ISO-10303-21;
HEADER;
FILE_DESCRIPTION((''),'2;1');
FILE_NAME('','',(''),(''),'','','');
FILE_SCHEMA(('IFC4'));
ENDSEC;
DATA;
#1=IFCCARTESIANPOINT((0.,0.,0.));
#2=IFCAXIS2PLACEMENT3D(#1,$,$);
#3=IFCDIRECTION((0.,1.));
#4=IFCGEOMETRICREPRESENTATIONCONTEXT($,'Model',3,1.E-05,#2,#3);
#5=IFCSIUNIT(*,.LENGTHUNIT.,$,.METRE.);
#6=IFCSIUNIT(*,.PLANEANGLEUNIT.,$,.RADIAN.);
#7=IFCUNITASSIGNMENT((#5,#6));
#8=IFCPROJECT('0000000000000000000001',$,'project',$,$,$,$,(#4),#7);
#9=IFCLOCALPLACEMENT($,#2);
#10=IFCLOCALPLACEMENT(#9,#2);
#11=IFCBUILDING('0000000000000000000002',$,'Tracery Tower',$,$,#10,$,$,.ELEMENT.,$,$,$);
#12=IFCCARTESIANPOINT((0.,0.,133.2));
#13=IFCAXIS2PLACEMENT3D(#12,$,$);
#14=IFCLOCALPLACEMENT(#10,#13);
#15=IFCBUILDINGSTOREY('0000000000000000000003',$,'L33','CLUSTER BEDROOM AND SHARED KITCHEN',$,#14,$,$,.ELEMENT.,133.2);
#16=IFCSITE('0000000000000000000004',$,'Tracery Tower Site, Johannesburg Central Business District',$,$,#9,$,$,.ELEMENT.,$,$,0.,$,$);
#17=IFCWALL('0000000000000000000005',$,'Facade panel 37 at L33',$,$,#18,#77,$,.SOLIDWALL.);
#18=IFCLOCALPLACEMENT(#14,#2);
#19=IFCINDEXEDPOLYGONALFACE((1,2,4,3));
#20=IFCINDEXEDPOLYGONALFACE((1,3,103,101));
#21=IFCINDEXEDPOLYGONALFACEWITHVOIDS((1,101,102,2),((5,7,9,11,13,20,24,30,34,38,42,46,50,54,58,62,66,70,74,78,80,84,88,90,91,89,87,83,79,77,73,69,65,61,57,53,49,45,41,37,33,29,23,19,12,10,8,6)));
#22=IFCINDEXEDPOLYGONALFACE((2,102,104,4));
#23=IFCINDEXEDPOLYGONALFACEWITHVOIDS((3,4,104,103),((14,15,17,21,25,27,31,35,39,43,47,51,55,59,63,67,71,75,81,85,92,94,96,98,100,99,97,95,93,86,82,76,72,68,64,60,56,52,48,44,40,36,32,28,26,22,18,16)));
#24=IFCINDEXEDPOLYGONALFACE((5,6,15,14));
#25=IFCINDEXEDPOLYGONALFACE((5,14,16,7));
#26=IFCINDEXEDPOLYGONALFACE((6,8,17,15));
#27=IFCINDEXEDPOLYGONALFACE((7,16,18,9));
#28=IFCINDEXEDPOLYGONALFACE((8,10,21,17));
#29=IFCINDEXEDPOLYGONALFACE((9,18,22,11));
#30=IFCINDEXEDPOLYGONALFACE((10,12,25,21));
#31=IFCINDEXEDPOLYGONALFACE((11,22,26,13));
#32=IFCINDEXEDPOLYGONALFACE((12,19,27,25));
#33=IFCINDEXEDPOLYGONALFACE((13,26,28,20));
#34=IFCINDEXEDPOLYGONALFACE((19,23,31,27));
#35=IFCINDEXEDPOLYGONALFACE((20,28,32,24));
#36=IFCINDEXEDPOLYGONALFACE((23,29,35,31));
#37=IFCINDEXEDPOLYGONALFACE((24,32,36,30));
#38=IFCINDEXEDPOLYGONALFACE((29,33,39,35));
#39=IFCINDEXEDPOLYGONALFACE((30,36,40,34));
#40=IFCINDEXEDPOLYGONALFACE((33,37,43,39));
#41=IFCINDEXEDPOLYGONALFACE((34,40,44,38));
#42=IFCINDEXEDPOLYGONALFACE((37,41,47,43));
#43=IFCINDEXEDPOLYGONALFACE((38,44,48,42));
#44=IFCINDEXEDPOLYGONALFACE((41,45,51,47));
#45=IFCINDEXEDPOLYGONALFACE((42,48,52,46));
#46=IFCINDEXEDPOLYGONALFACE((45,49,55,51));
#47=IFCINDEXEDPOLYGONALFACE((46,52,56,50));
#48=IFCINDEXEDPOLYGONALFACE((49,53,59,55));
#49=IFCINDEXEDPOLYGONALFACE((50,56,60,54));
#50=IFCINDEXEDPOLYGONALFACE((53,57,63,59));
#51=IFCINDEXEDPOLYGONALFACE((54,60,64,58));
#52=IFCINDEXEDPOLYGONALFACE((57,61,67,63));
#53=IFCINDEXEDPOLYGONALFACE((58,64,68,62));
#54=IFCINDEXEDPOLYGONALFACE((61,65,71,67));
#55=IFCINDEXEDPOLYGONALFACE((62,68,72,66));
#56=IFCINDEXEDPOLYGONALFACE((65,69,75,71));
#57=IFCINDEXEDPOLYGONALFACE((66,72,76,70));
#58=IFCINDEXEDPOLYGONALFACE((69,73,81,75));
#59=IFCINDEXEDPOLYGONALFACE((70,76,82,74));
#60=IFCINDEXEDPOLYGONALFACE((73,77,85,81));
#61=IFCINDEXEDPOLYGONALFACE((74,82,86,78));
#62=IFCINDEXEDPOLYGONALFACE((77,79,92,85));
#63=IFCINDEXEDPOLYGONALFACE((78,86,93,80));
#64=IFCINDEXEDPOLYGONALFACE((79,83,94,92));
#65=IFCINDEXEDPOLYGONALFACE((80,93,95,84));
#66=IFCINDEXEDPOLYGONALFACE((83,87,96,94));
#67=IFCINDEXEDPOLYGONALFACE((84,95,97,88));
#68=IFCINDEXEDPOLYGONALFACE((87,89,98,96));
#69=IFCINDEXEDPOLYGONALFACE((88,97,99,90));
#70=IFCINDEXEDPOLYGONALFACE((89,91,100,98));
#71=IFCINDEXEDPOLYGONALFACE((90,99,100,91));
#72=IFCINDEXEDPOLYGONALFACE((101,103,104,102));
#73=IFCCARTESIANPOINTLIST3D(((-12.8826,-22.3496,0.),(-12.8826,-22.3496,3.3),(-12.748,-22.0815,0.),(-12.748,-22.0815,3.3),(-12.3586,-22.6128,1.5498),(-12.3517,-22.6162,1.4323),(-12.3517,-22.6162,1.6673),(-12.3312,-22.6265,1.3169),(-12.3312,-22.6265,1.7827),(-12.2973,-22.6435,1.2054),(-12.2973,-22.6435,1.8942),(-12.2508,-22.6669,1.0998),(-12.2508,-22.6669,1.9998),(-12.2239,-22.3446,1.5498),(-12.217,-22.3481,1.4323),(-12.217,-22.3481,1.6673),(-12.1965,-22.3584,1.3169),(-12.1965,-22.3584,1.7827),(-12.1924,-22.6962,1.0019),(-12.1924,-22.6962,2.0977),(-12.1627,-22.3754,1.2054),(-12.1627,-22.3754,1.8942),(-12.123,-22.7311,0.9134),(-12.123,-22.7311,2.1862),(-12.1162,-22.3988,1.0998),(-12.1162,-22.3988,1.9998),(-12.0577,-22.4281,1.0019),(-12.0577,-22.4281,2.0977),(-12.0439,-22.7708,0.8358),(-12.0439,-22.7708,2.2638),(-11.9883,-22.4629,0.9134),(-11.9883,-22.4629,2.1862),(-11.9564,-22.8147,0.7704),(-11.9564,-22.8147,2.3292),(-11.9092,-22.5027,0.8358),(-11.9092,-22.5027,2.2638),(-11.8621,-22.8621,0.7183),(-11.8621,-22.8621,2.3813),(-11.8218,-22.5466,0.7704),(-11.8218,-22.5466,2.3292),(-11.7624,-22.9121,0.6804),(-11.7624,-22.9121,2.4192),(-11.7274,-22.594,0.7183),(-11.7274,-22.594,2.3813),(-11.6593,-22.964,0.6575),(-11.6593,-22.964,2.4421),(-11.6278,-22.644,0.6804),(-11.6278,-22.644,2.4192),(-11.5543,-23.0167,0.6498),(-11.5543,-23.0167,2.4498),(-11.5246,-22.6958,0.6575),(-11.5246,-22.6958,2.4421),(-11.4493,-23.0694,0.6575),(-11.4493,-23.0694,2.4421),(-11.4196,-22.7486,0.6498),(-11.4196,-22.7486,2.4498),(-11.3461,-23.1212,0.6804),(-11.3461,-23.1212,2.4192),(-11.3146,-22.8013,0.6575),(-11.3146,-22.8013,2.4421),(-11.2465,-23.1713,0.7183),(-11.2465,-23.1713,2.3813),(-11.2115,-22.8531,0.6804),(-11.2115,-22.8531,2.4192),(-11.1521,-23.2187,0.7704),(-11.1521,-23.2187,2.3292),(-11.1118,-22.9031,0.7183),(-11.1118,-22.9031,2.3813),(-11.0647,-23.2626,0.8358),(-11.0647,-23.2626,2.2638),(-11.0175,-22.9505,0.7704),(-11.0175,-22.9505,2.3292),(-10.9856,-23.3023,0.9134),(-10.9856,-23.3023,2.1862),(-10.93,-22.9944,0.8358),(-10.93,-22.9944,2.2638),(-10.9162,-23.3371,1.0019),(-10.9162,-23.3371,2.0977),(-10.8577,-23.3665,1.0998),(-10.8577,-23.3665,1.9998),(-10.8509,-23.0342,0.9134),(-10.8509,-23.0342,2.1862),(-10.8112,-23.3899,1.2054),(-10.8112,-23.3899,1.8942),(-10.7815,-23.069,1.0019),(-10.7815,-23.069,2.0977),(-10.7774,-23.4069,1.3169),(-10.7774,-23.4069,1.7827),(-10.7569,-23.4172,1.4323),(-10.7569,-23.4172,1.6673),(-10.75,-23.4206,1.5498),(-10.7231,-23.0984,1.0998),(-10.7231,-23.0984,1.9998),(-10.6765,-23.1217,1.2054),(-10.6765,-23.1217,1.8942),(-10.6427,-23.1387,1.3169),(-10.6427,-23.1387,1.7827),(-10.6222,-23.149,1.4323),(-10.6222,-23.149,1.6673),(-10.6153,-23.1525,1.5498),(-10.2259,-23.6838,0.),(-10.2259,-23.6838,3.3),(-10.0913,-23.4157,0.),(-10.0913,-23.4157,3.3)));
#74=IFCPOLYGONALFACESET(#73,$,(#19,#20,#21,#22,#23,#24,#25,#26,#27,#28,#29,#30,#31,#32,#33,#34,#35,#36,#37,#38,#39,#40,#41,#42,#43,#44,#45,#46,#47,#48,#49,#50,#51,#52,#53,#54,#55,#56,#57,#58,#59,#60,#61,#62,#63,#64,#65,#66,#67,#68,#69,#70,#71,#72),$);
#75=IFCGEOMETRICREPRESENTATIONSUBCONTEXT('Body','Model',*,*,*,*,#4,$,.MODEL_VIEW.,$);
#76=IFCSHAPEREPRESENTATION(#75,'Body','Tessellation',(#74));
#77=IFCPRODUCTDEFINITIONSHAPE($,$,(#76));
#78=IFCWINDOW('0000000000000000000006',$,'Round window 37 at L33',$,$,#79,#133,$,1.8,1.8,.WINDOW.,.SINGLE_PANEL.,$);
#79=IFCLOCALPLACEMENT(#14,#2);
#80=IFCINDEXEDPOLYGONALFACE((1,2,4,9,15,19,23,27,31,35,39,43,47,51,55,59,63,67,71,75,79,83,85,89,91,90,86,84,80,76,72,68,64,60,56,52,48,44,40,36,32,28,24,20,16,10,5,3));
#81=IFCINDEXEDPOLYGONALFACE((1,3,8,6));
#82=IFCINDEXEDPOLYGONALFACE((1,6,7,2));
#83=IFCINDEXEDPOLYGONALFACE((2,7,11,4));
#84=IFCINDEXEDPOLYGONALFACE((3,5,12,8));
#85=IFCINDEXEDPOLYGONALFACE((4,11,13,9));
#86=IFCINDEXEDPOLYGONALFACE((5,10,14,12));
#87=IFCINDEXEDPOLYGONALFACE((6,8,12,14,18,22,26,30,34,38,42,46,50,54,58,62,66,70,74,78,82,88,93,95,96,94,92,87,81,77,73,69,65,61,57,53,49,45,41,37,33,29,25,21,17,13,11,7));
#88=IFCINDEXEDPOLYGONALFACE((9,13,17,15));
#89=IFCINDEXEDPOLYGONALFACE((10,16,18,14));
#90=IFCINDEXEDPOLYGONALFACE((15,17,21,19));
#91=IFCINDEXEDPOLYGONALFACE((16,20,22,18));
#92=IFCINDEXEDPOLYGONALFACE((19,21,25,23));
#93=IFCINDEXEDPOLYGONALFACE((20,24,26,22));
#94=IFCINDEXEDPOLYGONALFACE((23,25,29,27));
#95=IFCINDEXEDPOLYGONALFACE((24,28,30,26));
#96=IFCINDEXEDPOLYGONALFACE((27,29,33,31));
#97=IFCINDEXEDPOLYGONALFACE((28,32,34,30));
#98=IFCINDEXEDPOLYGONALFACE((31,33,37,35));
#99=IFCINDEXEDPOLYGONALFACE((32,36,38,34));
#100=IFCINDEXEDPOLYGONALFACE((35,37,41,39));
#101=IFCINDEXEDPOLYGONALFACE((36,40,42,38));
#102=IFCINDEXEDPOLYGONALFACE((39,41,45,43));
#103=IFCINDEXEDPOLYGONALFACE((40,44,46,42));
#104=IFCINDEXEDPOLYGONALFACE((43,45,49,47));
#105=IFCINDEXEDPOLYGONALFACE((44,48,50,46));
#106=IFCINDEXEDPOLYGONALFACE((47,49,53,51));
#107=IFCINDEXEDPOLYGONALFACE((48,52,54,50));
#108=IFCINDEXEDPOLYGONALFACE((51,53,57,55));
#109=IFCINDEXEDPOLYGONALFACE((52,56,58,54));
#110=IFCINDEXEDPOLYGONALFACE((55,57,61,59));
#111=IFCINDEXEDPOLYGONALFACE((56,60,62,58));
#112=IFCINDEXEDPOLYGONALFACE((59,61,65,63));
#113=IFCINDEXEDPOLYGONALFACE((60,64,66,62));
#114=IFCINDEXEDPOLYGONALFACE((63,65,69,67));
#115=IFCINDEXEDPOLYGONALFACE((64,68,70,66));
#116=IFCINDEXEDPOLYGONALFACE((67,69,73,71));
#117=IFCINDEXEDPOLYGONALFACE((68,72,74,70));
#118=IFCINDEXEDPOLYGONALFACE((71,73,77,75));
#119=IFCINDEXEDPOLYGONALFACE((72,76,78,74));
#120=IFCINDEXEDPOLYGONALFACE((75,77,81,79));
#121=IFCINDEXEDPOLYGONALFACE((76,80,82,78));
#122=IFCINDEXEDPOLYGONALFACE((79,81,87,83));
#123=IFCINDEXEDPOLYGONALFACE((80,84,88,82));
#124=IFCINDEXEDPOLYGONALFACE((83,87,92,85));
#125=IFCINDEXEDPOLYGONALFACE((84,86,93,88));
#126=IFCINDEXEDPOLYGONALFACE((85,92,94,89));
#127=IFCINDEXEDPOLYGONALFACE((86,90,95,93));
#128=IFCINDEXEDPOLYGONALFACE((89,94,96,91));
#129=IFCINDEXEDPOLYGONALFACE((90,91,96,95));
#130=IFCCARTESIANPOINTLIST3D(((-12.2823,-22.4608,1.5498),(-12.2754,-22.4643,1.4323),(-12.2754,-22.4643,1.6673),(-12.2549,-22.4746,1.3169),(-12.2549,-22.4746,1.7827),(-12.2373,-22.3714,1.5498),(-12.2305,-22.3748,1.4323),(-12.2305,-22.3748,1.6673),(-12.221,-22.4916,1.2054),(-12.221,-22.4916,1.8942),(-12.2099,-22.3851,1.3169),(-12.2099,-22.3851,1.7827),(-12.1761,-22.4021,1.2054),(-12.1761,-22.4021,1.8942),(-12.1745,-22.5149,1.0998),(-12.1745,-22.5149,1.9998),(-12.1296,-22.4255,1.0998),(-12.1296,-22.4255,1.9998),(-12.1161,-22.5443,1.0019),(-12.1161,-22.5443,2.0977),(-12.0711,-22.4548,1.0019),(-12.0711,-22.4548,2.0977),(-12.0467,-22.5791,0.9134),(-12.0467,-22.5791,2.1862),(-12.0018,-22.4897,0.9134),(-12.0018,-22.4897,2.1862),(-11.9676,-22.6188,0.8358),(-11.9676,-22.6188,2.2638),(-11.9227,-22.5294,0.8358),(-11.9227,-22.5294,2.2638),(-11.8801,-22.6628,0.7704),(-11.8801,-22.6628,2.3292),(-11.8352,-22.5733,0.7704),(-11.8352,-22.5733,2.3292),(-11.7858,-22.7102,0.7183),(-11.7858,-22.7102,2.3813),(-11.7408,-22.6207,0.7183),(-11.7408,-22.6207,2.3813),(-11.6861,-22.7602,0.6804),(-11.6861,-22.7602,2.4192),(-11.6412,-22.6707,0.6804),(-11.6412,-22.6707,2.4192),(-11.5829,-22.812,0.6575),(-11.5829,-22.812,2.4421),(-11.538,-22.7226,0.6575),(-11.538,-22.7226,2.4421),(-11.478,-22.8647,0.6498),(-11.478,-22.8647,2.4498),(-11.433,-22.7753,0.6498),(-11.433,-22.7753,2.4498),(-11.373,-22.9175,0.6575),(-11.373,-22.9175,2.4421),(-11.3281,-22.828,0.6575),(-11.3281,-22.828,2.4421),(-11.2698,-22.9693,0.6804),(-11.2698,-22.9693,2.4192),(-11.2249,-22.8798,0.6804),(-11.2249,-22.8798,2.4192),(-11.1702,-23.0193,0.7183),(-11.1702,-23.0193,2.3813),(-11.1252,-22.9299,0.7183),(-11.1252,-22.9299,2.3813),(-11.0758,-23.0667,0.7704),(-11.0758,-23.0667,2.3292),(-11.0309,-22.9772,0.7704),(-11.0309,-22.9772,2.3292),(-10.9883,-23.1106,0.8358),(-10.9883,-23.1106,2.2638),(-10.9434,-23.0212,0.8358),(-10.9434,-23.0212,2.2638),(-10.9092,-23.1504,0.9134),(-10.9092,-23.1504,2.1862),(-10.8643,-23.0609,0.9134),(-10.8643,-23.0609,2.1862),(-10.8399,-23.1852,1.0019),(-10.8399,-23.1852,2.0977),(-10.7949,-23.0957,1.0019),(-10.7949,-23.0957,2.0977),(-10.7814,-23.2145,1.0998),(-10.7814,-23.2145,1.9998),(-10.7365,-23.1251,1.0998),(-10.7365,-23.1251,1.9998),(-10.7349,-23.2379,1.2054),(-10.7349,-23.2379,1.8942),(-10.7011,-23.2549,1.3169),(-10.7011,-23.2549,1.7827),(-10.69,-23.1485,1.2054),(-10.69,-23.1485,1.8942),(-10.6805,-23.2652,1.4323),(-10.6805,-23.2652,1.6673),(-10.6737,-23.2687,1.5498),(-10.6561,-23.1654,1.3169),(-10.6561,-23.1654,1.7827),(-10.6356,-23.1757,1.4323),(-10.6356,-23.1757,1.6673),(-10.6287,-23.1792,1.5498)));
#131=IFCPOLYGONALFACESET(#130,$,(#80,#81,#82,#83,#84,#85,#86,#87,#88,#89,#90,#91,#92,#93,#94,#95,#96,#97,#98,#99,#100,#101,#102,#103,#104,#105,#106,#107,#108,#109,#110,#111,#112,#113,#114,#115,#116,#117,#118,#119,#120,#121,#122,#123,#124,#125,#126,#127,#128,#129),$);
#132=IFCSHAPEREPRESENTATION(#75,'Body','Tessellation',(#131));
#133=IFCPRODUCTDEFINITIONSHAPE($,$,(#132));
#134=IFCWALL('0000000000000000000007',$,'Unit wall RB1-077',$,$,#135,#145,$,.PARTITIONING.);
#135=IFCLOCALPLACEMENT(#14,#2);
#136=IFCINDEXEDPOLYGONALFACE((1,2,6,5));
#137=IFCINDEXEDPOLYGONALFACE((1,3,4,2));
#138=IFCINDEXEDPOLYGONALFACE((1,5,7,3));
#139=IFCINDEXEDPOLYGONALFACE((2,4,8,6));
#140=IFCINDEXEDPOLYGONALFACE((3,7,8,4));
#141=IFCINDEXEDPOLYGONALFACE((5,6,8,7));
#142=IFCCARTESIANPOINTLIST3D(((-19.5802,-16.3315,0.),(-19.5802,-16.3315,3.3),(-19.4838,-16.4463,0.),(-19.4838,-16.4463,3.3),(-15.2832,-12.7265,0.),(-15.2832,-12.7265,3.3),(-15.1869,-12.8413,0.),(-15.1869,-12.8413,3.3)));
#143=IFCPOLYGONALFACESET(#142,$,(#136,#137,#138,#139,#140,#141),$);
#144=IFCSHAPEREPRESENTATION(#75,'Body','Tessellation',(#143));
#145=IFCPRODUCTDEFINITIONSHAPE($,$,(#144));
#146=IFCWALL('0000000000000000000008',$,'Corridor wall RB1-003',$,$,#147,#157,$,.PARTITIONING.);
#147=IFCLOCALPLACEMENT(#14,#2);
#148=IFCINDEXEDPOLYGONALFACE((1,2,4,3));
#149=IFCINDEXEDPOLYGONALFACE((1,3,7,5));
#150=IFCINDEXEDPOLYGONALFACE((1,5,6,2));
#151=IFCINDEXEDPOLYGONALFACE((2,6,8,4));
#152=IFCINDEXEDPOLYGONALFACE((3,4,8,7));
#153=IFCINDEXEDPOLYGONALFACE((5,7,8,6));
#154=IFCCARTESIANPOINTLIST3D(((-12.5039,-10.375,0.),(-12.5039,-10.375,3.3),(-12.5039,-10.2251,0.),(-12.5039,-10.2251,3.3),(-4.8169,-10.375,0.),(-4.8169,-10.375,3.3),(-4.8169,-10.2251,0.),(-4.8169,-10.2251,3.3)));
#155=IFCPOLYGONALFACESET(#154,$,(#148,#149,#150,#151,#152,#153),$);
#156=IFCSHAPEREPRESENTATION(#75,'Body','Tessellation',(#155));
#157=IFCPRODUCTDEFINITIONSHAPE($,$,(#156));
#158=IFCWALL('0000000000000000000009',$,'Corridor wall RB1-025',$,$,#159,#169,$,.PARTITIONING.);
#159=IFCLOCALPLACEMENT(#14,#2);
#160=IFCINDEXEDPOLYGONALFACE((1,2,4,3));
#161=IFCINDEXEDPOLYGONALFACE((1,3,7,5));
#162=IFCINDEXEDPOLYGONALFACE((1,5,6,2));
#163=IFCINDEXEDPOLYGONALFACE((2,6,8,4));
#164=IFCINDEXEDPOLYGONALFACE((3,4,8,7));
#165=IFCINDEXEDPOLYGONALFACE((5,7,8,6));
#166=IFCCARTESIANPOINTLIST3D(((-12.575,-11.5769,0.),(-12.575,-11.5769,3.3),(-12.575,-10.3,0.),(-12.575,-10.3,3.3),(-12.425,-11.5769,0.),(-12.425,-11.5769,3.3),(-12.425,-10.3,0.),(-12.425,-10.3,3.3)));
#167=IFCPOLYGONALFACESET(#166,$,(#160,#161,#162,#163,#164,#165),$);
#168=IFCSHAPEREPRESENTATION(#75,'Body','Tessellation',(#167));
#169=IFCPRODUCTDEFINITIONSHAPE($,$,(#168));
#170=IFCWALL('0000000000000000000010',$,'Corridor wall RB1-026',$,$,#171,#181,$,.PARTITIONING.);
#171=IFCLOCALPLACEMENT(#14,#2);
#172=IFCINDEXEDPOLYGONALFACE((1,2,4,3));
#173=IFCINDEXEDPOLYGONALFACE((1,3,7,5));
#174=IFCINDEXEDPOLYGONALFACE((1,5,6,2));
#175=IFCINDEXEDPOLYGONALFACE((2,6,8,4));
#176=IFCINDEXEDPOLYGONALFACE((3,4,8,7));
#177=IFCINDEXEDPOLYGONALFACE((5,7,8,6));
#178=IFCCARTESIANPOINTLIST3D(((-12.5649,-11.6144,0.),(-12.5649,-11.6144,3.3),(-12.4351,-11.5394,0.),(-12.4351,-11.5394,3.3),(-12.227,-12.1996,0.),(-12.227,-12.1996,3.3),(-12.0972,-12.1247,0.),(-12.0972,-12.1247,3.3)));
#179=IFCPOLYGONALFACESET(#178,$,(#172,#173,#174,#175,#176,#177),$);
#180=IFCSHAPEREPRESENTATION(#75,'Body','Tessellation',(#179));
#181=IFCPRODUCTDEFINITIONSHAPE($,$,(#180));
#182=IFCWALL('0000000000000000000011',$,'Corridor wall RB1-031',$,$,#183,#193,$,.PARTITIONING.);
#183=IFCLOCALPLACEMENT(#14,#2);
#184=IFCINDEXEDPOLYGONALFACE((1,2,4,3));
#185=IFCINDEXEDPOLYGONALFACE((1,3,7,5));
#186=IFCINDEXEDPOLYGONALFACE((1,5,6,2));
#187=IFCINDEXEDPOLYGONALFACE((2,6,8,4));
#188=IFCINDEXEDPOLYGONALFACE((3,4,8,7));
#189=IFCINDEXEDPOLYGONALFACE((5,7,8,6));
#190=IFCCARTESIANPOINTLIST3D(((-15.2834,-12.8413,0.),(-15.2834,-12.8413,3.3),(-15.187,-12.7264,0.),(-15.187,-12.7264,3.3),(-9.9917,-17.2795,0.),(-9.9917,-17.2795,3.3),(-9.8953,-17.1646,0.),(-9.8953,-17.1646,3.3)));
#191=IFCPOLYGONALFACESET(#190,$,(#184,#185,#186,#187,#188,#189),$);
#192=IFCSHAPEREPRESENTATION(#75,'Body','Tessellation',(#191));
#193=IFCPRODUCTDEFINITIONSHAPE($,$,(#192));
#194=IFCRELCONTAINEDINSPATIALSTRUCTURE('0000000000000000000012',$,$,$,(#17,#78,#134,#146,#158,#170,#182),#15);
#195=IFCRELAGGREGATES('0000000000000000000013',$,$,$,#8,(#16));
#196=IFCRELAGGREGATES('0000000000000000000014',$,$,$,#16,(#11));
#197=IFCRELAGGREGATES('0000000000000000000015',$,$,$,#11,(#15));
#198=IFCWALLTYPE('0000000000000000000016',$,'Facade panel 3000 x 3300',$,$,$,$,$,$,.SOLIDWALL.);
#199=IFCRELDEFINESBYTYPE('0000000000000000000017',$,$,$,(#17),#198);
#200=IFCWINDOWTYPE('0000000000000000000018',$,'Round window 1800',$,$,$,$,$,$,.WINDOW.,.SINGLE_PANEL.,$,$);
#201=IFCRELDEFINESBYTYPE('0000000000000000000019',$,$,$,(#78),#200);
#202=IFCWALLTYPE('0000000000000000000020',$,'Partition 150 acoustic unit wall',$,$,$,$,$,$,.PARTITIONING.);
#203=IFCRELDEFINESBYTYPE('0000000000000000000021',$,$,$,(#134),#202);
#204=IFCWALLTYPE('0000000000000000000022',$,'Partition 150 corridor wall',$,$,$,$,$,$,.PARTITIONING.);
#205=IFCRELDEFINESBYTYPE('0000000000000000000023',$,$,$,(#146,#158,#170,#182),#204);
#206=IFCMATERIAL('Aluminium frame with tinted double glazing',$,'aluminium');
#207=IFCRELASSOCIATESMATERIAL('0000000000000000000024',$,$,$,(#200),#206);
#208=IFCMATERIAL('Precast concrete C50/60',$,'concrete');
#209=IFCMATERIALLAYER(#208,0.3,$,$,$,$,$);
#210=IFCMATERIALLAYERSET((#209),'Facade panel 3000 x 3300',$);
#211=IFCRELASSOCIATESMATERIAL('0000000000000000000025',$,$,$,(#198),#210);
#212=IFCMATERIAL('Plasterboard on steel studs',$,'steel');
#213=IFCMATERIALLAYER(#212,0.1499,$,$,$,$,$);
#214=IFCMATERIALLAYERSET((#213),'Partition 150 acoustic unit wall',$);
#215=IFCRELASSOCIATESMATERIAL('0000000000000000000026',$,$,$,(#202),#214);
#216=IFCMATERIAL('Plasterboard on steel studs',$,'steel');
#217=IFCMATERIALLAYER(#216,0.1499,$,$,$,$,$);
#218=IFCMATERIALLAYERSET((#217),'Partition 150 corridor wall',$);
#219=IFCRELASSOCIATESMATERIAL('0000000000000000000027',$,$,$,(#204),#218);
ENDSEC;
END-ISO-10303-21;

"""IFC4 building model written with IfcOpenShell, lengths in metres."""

from ifc_helpers import new_model, si_unit, direction, frame, frame_2d, origin, origin_2d, place, context, subcontext, project, spatial, rectangle, circle, extrude, material, layer, layer_set, type_object, element, fill, save


model = new_model("IFC4")

# Units and contexts
model_context = context("Model", 3, precision=1e-05, world=origin(), true_north=direction((0.0, 1.0)))
body_context = subcontext(model_context, "Body", "Model", "MODEL_VIEW")
ifc_project = project(units=[si_unit("LENGTHUNIT", "METRE"), si_unit("PLANEANGLEUNIT", "RADIAN")], contexts=[model_context])

# Site, building, storey
site_placement = place(None, origin())
site = spatial("IfcSite", under=ifc_project, at=site_placement, Name="Tracery Tower Site, Johannesburg Central Business District", CompositionType="ELEMENT", RefElevation=0.0)
building_placement = place(site_placement, origin())
building = spatial("IfcBuilding", under=site, at=building_placement, Name="Tracery Tower", CompositionType="ELEMENT")
storey_placement = place(building_placement, frame((0.0, 0.0, 133.2)))
storey = spatial("IfcBuildingStorey", under=building, at=storey_placement, Name="L33", Description="CLUSTER BEDROOM AND SHARED KITCHEN", CompositionType="ELEMENT", Elevation=133.2)

# Wall, opening, window
ifc_material_1 = material(Name="Aluminium frame with tinted double glazing", Category="aluminium")
window_type = type_object("IfcWindowType", Name="Round window 1800", PartitioningType="SINGLE_PANEL", PredefinedType="WINDOW", material=ifc_material_1)
ifc_material_2 = material(Name="Precast concrete C50/60", Category="concrete")
ifc_layer_1 = layer(ifc_material_2, 0.3)
ifc_layer_set_1 = layer_set([ifc_layer_1], Name="Facade panel 3000 x 3300")
wall_type_1 = type_object("IfcWallType", Name="Facade panel 3000 x 3300", PredefinedType="SOLIDWALL", material=ifc_layer_set_1)
wall_1_placement = place(storey_placement, frame((-12.8152, -22.2156, 0.0), z_axis=(0.0, 0.0, 1.0), x_axis=(0.893637, -0.44879, 0.0)))
wall_1 = element("IfcWall", 1, at=wall_1_placement, inside=storey, type_object=wall_type_1, Name="Facade panel 37 at L33", PredefinedType="SOLIDWALL", context=body_context, shape_type="SweptSolid", body=[
    extrude(rectangle(XDim=2.9729, YDim=0.3, at=frame_2d((1.4863, 0.0))), origin(), (0.0, 0.0, 1.0), 3.3),
])
opening_1_placement = place(wall_1_placement, frame((1.4863, 0.0, 1.5498)))
opening_1 = element("IfcOpeningElement", 2, at=opening_1_placement, cuts=wall_1, PredefinedType="OPENING", context=body_context, shape_type="SweptSolid", body=[
    extrude(circle(Radius=0.9, at=origin_2d()), frame((0.0, 0.1599, 0.0), z_axis=(0.0, -1.0, 0.0), x_axis=(1.0, 0.0, 0.0)), (0.0, 0.0, 1.0), 0.3201),
])
window_1_placement = place(opening_1_placement, origin())
window_1 = element("IfcWindow", 3, at=window_1_placement, inside=storey, type_object=window_type, Name="Round window 37 at L33", OverallHeight=1.8, OverallWidth=1.8, PartitioningType="SINGLE_PANEL", PredefinedType="WINDOW", context=body_context, shape_type="SweptSolid", body=[
    extrude(circle(Radius=0.9, at=origin_2d()), frame((0.0, 0.1201, 0.0), z_axis=(0.0, -1.0, 0.0), x_axis=(1.0, 0.0, 0.0)), (0.0, 0.0, 1.0), 0.1001),
])
fill(opening_1, window_1)

# Walls
ifc_material_3 = material(Name="Plasterboard on steel studs", Category="steel")
ifc_layer_2 = layer(ifc_material_3, 0.1499)
ifc_layer_set_2 = layer_set([ifc_layer_2], Name="Partition 150 acoustic unit wall")
wall_type_2 = type_object("IfcWallType", Name="Partition 150 acoustic unit wall", PredefinedType="PARTITIONING", material=ifc_layer_set_2)
wall_2_placement = place(storey_placement, frame((-19.532, -16.3889, 0.0), z_axis=(0.0, 0.0, 1.0), x_axis=(0.766091, 0.642733, 0.0)))
element("IfcWall", 4, at=wall_2_placement, inside=storey, type_object=wall_type_2, Name="Unit wall RB1-077", PredefinedType="PARTITIONING", context=body_context, shape_type="SweptSolid", body=[
    extrude(rectangle(XDim=5.6089, YDim=0.1499, at=frame_2d((2.8044, 0.0))), origin(), (0.0, 0.0, 1.0), 3.3),
])
ifc_material_4 = material(Name="Plasterboard on steel studs", Category="steel")
ifc_layer_3 = layer(ifc_material_4, 0.1499)
ifc_layer_set_3 = layer_set([ifc_layer_3], Name="Partition 150 corridor wall")
wall_type_3 = type_object("IfcWallType", Name="Partition 150 corridor wall", PredefinedType="PARTITIONING", material=ifc_layer_set_3)
wall_3_placement = place(storey_placement, frame((-12.5039, -10.3, 0.0), z_axis=(0.0, 0.0, 1.0), x_axis=(1.0, 0.0, 0.0)))
element("IfcWall", 5, at=wall_3_placement, inside=storey, type_object=wall_type_3, Name="Corridor wall RB1-003", PredefinedType="PARTITIONING", context=body_context, shape_type="SweptSolid", body=[
    extrude(rectangle(XDim=7.687, YDim=0.1499, at=frame_2d((3.8435, 0.0))), origin(), (0.0, 0.0, 1.0), 3.3),
])
wall_4_placement = place(storey_placement, frame((-12.5, -11.5769, 0.0), z_axis=(0.0, 0.0, 1.0), x_axis=(0.0, 1.0, 0.0)))
element("IfcWall", 6, at=wall_4_placement, inside=storey, type_object=wall_type_3, Name="Corridor wall RB1-025", PredefinedType="PARTITIONING", context=body_context, shape_type="SweptSolid", body=[
    extrude(rectangle(XDim=1.2769, YDim=0.1499, at=frame_2d((0.6384, 0.0))), origin(), (0.0, 0.0, 1.0), 3.3),
])
wall_5_placement = place(storey_placement, frame((-12.5, -11.5769, 0.0), z_axis=(0.0, 0.0, 1.0), x_axis=(0.500025, -0.866011, 0.0)))
element("IfcWall", 7, at=wall_5_placement, inside=storey, type_object=wall_type_3, Name="Corridor wall RB1-026", PredefinedType="PARTITIONING", context=body_context, shape_type="SweptSolid", body=[
    extrude(rectangle(XDim=0.6758, YDim=0.1499, at=frame_2d((0.3379, 0.0))), origin(), (0.0, 0.0, 1.0), 3.3),
])
wall_6_placement = place(storey_placement, frame((-15.2351, -12.7839, 0.0), z_axis=(0.0, 0.0, 1.0), x_axis=(0.766192, -0.642612, 0.0)))
element("IfcWall", 8, at=wall_6_placement, inside=storey, type_object=wall_type_3, Name="Corridor wall RB1-031", PredefinedType="PARTITIONING", context=body_context, shape_type="SweptSolid", body=[
    extrude(rectangle(XDim=6.9065, YDim=0.1499, at=frame_2d((3.4531, 0.0))), origin(), (0.0, 0.0, 1.0), 3.3),
])

save(model, "model.ifc")
